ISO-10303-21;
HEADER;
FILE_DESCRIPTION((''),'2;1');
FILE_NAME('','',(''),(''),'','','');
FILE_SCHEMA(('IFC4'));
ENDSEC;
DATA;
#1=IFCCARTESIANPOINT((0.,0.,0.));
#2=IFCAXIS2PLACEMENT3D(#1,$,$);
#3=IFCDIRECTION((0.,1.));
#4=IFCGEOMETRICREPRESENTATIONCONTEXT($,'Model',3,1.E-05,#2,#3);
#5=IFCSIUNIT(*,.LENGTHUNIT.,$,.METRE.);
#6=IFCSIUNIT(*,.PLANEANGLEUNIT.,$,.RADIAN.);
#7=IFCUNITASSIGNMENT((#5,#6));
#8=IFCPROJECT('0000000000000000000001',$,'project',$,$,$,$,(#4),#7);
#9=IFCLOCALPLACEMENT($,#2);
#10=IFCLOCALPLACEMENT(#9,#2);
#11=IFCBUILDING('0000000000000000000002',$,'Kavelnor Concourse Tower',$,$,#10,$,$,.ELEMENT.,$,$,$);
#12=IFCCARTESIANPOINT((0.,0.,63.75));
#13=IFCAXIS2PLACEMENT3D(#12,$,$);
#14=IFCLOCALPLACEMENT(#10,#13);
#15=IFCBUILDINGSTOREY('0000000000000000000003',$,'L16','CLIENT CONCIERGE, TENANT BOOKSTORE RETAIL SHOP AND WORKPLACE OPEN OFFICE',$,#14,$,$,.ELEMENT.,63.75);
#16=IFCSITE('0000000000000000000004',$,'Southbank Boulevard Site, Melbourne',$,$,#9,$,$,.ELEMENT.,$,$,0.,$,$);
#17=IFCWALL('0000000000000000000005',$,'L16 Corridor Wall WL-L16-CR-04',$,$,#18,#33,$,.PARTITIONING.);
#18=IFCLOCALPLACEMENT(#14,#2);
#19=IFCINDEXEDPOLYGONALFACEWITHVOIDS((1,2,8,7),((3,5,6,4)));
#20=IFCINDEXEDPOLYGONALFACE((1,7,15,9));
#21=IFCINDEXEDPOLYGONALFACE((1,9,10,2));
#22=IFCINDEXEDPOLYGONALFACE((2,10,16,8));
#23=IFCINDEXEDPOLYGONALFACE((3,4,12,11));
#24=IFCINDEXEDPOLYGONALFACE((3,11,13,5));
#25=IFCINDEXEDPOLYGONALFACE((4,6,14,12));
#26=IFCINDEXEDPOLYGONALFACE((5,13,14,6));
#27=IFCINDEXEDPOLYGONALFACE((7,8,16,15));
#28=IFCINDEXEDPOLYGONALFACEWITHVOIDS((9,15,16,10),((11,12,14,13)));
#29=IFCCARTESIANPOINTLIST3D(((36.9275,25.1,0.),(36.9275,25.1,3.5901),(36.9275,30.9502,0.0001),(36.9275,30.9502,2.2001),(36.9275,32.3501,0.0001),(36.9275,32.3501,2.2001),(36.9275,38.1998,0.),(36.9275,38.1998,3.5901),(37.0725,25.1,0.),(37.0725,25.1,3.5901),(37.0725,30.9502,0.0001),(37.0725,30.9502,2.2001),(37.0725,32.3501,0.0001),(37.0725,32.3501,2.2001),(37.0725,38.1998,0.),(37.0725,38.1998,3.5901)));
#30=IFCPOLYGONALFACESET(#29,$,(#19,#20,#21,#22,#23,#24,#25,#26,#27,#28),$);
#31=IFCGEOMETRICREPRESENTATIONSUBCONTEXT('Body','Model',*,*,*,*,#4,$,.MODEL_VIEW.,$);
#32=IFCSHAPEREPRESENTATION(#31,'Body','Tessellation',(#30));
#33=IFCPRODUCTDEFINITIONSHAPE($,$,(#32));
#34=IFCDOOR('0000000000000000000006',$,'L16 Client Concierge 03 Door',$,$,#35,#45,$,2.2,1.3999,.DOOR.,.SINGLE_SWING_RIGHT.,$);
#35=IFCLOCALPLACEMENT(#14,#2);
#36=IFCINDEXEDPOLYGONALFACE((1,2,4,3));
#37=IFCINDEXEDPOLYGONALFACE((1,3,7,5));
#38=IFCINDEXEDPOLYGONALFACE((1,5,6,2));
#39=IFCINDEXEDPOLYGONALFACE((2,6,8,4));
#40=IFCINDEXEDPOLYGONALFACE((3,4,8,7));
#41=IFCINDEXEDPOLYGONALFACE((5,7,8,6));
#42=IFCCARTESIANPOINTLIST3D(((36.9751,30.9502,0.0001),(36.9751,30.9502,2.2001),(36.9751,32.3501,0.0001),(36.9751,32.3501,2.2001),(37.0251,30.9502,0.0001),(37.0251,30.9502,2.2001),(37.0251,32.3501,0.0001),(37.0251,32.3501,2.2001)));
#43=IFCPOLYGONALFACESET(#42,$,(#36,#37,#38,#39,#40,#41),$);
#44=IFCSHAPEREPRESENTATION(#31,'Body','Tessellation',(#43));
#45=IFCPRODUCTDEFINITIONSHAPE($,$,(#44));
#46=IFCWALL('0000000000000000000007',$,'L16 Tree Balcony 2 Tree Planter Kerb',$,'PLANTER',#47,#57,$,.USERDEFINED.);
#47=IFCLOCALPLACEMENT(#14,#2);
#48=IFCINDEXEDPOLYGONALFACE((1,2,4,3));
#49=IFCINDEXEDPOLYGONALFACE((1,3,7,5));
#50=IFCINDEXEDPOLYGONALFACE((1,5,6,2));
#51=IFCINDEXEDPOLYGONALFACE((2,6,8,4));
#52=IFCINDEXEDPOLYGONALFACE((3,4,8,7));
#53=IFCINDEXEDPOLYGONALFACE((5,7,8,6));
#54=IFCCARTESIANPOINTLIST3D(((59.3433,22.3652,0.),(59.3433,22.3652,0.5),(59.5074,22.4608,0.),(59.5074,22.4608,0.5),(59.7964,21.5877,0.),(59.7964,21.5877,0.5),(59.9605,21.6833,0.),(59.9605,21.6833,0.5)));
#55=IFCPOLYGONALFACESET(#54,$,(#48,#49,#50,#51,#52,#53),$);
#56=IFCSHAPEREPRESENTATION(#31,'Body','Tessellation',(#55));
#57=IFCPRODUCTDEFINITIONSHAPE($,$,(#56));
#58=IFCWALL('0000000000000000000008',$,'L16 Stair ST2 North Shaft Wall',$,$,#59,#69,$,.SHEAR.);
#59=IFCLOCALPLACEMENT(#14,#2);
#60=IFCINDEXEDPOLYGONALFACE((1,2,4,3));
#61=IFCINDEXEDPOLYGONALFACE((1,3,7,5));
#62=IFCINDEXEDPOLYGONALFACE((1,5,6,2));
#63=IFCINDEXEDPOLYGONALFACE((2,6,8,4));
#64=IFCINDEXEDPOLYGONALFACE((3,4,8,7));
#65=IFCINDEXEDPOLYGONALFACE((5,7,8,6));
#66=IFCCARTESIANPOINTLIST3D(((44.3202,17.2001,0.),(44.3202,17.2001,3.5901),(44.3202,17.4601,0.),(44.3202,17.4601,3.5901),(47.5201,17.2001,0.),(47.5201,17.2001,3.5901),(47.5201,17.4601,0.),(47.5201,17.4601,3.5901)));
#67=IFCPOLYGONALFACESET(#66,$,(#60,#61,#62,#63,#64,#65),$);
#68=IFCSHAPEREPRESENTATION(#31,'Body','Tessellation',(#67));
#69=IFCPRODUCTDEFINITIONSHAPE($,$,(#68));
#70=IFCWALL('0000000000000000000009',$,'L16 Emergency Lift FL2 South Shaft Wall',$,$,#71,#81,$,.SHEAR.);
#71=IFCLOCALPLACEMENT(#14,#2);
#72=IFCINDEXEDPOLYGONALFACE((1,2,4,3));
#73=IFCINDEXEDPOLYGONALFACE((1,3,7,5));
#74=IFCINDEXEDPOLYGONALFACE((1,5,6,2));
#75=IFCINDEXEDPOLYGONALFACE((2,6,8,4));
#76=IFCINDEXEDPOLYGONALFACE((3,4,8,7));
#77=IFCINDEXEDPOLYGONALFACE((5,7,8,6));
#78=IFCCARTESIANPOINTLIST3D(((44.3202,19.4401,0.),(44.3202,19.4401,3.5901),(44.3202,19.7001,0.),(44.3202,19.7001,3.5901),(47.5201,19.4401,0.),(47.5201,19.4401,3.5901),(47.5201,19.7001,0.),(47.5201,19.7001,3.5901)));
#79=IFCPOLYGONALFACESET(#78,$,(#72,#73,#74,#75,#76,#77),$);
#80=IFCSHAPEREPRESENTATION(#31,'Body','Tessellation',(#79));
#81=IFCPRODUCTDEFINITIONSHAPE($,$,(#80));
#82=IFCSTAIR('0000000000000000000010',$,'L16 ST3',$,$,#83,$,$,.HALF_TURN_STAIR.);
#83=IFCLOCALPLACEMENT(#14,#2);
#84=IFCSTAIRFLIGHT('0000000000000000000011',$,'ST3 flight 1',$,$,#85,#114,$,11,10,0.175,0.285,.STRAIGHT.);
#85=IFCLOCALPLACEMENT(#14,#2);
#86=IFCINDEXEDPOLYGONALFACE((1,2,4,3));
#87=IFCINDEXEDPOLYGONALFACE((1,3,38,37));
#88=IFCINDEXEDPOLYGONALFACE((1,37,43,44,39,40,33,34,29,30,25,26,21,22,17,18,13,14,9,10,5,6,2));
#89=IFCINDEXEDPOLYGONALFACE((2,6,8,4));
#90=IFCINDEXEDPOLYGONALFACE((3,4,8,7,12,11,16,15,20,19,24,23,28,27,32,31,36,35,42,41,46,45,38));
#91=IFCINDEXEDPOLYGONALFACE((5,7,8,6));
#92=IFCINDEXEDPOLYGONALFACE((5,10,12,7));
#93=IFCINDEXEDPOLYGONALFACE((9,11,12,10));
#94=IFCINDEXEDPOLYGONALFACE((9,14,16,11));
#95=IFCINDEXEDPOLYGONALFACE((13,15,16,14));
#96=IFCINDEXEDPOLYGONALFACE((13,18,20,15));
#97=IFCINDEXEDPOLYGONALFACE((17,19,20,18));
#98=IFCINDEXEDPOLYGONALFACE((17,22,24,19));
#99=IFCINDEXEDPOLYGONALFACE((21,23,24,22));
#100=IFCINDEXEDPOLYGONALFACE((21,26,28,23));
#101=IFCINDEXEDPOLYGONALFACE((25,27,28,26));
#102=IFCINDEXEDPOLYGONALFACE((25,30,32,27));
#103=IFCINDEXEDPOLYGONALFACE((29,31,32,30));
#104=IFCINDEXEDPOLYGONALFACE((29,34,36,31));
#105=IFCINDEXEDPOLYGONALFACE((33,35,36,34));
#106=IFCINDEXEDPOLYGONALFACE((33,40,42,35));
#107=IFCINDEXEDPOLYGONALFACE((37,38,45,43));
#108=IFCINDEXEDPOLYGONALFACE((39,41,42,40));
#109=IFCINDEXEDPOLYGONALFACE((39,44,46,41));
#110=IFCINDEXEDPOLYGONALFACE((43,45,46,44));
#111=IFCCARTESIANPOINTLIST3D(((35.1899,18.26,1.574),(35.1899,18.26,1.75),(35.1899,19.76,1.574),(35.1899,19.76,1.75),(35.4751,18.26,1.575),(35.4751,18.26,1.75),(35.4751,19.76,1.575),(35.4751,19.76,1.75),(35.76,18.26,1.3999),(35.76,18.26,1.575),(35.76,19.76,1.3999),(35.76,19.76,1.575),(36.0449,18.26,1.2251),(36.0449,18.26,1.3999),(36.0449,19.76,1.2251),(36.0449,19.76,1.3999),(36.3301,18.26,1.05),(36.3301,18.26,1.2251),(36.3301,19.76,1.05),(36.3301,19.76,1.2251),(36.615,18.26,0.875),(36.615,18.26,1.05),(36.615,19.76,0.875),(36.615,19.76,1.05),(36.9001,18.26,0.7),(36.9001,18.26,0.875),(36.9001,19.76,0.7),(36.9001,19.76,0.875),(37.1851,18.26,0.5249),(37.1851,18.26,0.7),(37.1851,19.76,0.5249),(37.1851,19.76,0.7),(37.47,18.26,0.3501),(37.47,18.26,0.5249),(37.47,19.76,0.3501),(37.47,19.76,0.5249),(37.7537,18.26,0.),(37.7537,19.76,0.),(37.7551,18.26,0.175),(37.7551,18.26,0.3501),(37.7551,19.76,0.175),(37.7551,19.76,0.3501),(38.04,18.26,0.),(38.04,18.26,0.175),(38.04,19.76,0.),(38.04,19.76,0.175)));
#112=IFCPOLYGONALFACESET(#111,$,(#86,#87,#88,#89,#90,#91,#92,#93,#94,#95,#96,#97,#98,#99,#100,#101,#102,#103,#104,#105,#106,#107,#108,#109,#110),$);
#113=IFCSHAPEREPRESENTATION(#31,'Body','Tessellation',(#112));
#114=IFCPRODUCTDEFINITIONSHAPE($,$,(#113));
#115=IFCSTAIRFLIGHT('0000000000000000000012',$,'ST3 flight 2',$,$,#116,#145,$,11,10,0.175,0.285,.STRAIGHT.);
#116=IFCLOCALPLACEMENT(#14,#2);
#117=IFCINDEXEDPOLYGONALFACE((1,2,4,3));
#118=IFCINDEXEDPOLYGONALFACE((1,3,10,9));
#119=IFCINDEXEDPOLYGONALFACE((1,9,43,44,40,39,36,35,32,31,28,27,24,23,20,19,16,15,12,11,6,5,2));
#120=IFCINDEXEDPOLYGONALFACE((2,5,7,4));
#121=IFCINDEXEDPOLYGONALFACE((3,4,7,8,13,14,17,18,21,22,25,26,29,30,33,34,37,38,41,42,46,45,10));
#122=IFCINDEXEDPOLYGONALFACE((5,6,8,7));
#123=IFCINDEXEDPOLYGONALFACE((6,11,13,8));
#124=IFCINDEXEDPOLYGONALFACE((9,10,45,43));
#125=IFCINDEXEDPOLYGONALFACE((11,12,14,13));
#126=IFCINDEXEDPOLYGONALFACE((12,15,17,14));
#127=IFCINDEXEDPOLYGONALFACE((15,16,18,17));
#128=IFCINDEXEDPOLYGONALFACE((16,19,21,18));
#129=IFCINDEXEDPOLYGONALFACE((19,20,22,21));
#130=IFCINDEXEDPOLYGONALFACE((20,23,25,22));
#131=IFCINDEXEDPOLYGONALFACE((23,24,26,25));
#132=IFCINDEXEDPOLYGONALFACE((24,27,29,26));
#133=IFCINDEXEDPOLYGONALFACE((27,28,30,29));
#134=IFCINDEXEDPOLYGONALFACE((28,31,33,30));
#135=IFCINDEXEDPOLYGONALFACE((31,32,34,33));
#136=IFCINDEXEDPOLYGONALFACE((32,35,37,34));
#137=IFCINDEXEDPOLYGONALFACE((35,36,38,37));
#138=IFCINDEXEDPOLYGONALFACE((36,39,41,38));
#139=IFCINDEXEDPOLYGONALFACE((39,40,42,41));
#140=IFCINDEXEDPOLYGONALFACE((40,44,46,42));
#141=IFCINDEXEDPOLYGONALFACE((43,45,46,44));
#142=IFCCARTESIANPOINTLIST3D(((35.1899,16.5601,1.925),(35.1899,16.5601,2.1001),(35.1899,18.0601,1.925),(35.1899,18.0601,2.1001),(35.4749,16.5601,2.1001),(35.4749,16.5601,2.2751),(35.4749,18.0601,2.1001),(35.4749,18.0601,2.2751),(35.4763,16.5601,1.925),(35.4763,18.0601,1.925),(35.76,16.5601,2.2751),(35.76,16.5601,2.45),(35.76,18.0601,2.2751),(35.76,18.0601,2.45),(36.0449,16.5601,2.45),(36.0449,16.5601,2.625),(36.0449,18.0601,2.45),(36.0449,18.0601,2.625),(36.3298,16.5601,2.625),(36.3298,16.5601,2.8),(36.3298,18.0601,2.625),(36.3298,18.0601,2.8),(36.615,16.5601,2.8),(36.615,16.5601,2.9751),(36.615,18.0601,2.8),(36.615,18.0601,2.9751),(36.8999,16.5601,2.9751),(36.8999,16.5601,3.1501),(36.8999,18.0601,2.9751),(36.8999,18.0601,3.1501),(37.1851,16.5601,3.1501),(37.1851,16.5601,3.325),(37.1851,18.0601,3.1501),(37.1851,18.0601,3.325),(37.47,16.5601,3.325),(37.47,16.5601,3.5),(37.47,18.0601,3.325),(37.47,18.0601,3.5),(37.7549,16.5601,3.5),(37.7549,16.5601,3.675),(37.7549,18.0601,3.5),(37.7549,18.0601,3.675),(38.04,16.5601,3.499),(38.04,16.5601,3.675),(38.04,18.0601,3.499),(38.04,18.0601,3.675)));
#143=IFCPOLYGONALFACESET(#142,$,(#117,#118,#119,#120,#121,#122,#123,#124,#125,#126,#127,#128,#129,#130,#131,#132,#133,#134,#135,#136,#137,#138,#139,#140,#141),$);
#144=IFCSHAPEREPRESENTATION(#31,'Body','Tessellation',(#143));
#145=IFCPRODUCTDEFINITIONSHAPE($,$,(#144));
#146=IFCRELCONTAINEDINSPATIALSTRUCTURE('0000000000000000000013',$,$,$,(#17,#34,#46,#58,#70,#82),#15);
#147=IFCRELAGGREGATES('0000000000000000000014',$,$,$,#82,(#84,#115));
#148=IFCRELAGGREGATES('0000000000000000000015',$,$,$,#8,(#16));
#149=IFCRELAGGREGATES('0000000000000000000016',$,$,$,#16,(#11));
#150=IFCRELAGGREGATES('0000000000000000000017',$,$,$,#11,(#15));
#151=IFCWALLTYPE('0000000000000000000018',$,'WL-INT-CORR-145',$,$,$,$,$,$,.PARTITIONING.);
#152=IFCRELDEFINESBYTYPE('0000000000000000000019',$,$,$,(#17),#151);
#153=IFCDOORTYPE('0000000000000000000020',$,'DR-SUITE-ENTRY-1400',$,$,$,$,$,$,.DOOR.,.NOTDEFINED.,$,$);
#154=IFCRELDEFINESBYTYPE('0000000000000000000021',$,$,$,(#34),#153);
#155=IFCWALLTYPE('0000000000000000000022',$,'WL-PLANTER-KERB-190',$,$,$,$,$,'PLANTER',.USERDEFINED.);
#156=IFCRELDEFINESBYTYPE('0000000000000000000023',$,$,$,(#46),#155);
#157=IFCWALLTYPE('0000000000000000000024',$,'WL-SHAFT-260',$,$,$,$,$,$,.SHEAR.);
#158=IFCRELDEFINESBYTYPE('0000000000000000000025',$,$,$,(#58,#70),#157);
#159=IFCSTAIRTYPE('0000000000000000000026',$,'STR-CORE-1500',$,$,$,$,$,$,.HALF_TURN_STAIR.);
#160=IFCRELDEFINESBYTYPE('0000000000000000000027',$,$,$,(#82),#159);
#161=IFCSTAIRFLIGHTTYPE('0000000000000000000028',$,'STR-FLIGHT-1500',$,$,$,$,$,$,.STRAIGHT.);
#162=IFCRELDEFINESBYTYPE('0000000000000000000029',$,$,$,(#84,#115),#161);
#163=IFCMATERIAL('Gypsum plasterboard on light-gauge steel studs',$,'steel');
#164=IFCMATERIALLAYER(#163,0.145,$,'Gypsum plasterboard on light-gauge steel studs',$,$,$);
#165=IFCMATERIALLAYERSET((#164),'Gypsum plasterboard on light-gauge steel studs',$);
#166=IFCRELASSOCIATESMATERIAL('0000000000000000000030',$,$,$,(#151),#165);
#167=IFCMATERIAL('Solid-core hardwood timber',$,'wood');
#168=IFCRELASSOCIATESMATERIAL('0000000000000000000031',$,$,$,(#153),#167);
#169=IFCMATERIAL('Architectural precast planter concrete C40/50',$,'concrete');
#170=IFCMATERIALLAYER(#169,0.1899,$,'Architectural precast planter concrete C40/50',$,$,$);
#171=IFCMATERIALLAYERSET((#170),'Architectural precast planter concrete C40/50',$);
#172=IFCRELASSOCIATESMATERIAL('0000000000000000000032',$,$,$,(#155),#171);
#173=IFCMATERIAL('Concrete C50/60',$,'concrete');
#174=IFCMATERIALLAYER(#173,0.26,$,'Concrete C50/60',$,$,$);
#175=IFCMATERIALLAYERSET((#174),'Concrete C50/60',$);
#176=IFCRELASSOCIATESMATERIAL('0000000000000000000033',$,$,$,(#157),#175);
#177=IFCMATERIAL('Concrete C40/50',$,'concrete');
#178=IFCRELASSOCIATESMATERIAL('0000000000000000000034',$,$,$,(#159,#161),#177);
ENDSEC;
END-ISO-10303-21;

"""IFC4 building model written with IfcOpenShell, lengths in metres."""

from ifc_helpers import new_model, si_unit, direction, frame, frame_2d, origin, place, context, subcontext, project, spatial, polyline, rectangle, outline, extrude, material, layer, layer_set, type_object, element, fill, aggregate, save


model = new_model("IFC4")

# Units and contexts
model_context = context("Model", 3, precision=1e-05, world=origin(), true_north=direction((0.0, 1.0)))
body_context = subcontext(model_context, "Body", "Model", "MODEL_VIEW")
ifc_project = project(units=[si_unit("LENGTHUNIT", "METRE"), si_unit("PLANEANGLEUNIT", "RADIAN")], contexts=[model_context])

# Site, building, storey
site_placement = place(None, origin())
site = spatial("IfcSite", under=ifc_project, at=site_placement, Name="Southbank Boulevard Site, Melbourne", CompositionType="ELEMENT", RefElevation=0.0)
building_placement = place(site_placement, origin())
building = spatial("IfcBuilding", under=site, at=building_placement, Name="Kavelnor Concourse Tower", CompositionType="ELEMENT")
storey_placement = place(building_placement, frame((0.0, 0.0, 63.75)))
storey = spatial("IfcBuildingStorey", under=building, at=storey_placement, Name="L16", Description="CLIENT CONCIERGE, TENANT BOOKSTORE RETAIL SHOP AND WORKPLACE OPEN OFFICE", CompositionType="ELEMENT", Elevation=63.75)

# Wall, opening, door
ifc_material_1 = material(Name="Gypsum plasterboard on light-gauge steel studs", Category="steel")
ifc_layer_1 = layer(ifc_material_1, 0.145, Name="Gypsum plasterboard on light-gauge steel studs")
ifc_layer_set_1 = layer_set([ifc_layer_1], Name="Gypsum plasterboard on light-gauge steel studs")
wall_type_1 = type_object("IfcWallType", Name="WL-INT-CORR-145", PredefinedType="PARTITIONING", material=ifc_layer_set_1)
wall_1_placement = place(storey_placement, frame((37.0, 25.1001, 0.0), z_axis=(0.0, 0.0, 1.0), x_axis=(0.0, 1.0, 0.0)))
wall_1 = element("IfcWall", 1, at=wall_1_placement, inside=storey, type_object=wall_type_1, Name="L16 Corridor Wall WL-L16-CR-04", PredefinedType="PARTITIONING", context=body_context, shape_type="SweptSolid", body=[
    extrude(rectangle(XDim=13.0999, YDim=0.145, at=frame_2d((6.5498, 0.0))), origin(), (0.0, 0.0, 1.0), 3.5901),
])
opening_placement = place(wall_1_placement, frame((5.8501, 0.0, 0.0)))
opening = element("IfcOpeningElement", 2, at=opening_placement, cuts=wall_1, PredefinedType="OPENING", context=body_context, shape_type="SweptSolid", body=[
    extrude(rectangle(XDim=1.3999, YDim=2.2, at=frame_2d((0.7, 1.1001))), frame((0.0, 0.0825, 0.0), z_axis=(0.0, -1.0, 0.0), x_axis=(1.0, 0.0, 0.0)), (0.0, 0.0, 1.0), 0.165),
])
ifc_material_2 = material(Name="Solid-core hardwood timber", Category="wood")
door_type = type_object("IfcDoorType", Name="DR-SUITE-ENTRY-1400", OperationType="NOTDEFINED", PredefinedType="DOOR", material=ifc_material_2)
door_placement = place(opening_placement, origin())
door = element("IfcDoor", 3, at=door_placement, inside=storey, type_object=door_type, Name="L16 Client Concierge 03 Door", OperationType="SINGLE_SWING_RIGHT", OverallHeight=2.2, OverallWidth=1.3999, PredefinedType="DOOR", context=body_context, shape_type="SweptSolid", body=[
    extrude(rectangle(XDim=1.3999, YDim=2.2, at=frame_2d((0.7, 1.1001))), frame((0.0, 0.0249, 0.0), z_axis=(0.0, -1.0, 0.0), x_axis=(1.0, 0.0, 0.0)), (0.0, 0.0, 1.0), 0.05),
])
fill(opening, door)

# Walls
ifc_material_3 = material(Name="Architectural precast planter concrete C40/50", Category="concrete")
ifc_layer_2 = layer(ifc_material_3, 0.1899, Name="Architectural precast planter concrete C40/50")
ifc_layer_set_2 = layer_set([ifc_layer_2], Name="Architectural precast planter concrete C40/50")
wall_type_2 = type_object("IfcWallType", Name="WL-PLANTER-KERB-190", ElementType="PLANTER", PredefinedType="USERDEFINED", material=ifc_layer_set_2)
wall_2_placement = place(storey_placement, frame((59.8784, 21.6355, 0.0), z_axis=(0.0, 0.0, 1.0), x_axis=(-0.503483, 0.864005, 0.0)))
element("IfcWall", 4, at=wall_2_placement, inside=storey, type_object=wall_type_2, Name="L16 Tree Balcony 2 Tree Planter Kerb", ObjectType="PLANTER", PredefinedType="USERDEFINED", context=body_context, shape_type="SweptSolid", body=[
    extrude(rectangle(XDim=0.8999, YDim=0.1899, at=frame_2d((0.45, 0.0))), origin(), (0.0, 0.0, 1.0), 0.5),
])
ifc_material_4 = material(Name="Concrete C50/60", Category="concrete")
ifc_layer_3 = layer(ifc_material_4, 0.26, Name="Concrete C50/60")
ifc_layer_set_3 = layer_set([ifc_layer_3], Name="Concrete C50/60")
wall_type_3 = type_object("IfcWallType", Name="WL-SHAFT-260", PredefinedType="SHEAR", material=ifc_layer_set_3)
for number, where, z_axis, x_axis, name in (
    (5, (44.3201, 17.3301, 0.0), (0.0, 0.0, 1.0), (1.0, 0.0, 0.0), "L16 Stair ST2 North Shaft Wall"),
    (6, (44.3201, 19.5701, 0.0), (0.0, 0.0, 1.0), (1.0, 0.0, 0.0), "L16 Emergency Lift FL2 South Shaft Wall"),
):
    element("IfcWall", number, at=place(storey_placement, frame(where, z_axis=z_axis, x_axis=x_axis)), inside=storey, type_object=wall_type_3, Name=name, PredefinedType="SHEAR", context=body_context, shape_type="SweptSolid", body=[
        extrude(rectangle(XDim=3.2, YDim=0.26, at=frame_2d((1.6001, 0.0))), origin(), (0.0, 0.0, 1.0), 3.5901),
    ])

# Stair, stair flights
ifc_material_5 = material(Name="Concrete C40/50", Category="concrete")
stair_type = type_object("IfcStairType", Name="STR-CORE-1500", PredefinedType="HALF_TURN_STAIR", material=ifc_material_5)
stair_placement = place(storey_placement, origin())
stair = element("IfcStair", 7, at=stair_placement, inside=storey, type_object=stair_type, Name="L16 ST3", PredefinedType="HALF_TURN_STAIR")
stair_flight_type = type_object("IfcStairFlightType", Name="STR-FLIGHT-1500", PredefinedType="STRAIGHT", material=ifc_material_5)
stair_flight_1_placement = place(storey_placement, frame((38.04, 19.01, 0.0), z_axis=(0.0, 0.0, 1.0), x_axis=(-1.0, 0.0, 0.0)))
stair_flight_1 = element("IfcStairFlight", 8, at=stair_flight_1_placement, type_object=stair_flight_type, Name="ST3 flight 1", NumberOfRisers=11, NumberOfTreads=10, PredefinedType="STRAIGHT", RiserHeight=0.175, TreadLength=0.285, context=body_context, shape_type="SweptSolid", body=[
    extrude(outline(polyline([(0.0, 0.0), (0.0, 0.175), (0.2849, 0.175), (0.2849, 0.3501), (0.5701, 0.3501), (0.5701, 0.5249), (0.855, 0.5249), (0.855, 0.7), (1.1399, 0.7), (1.1399, 0.875), (1.425, 0.875), (1.425, 1.05), (1.71, 1.05), (1.71, 1.2251), (1.9951, 1.2251), (1.9951, 1.3999), (2.28, 1.3999), (2.28, 1.575), (2.5649, 1.575), (2.5649, 1.75), (2.8501, 1.75), (2.8501, 1.925), (2.8501, 1.574), (0.2864, 0.0), (0.0, 0.0)])), frame((0.0, 0.75, 0.0), z_axis=(0.0, -1.0, 0.0), x_axis=(1.0, 0.0, 0.0)), (0.0, 0.0, 1.0), 1.5),
])
stair_flight_2_placement = place(storey_placement, frame((35.1899, 17.3101, 1.925), z_axis=(0.0, 0.0, 1.0), x_axis=(1.0, 0.0, 0.0)))
stair_flight_2 = element("IfcStairFlight", 9, at=stair_flight_2_placement, type_object=stair_flight_type, Name="ST3 flight 2", NumberOfRisers=11, NumberOfTreads=10, PredefinedType="STRAIGHT", RiserHeight=0.175, TreadLength=0.285, context=body_context, shape_type="SweptSolid", body=[
    extrude(outline(polyline([(0.0, 0.0), (0.0, 0.175), (0.2849, 0.175), (0.2849, 0.3501), (0.5701, 0.3501), (0.5701, 0.5249), (0.855, 0.5249), (0.855, 0.7), (1.1399, 0.7), (1.1399, 0.875), (1.425, 0.875), (1.425, 1.05), (1.71, 1.05), (1.71, 1.2251), (1.9951, 1.2251), (1.9951, 1.3999), (2.28, 1.3999), (2.28, 1.575), (2.5649, 1.575), (2.5649, 1.75), (2.8501, 1.75), (2.8501, 1.925), (2.8501, 1.574), (0.2864, 0.0), (0.0, 0.0)])), frame((0.0, 0.75, 0.0), z_axis=(0.0, -1.0, 0.0), x_axis=(1.0, 0.0, 0.0)), (0.0, 0.0, 1.0), 1.5),
])
aggregate(stair, [stair_flight_1, stair_flight_2])

save(model, "model.ifc")
